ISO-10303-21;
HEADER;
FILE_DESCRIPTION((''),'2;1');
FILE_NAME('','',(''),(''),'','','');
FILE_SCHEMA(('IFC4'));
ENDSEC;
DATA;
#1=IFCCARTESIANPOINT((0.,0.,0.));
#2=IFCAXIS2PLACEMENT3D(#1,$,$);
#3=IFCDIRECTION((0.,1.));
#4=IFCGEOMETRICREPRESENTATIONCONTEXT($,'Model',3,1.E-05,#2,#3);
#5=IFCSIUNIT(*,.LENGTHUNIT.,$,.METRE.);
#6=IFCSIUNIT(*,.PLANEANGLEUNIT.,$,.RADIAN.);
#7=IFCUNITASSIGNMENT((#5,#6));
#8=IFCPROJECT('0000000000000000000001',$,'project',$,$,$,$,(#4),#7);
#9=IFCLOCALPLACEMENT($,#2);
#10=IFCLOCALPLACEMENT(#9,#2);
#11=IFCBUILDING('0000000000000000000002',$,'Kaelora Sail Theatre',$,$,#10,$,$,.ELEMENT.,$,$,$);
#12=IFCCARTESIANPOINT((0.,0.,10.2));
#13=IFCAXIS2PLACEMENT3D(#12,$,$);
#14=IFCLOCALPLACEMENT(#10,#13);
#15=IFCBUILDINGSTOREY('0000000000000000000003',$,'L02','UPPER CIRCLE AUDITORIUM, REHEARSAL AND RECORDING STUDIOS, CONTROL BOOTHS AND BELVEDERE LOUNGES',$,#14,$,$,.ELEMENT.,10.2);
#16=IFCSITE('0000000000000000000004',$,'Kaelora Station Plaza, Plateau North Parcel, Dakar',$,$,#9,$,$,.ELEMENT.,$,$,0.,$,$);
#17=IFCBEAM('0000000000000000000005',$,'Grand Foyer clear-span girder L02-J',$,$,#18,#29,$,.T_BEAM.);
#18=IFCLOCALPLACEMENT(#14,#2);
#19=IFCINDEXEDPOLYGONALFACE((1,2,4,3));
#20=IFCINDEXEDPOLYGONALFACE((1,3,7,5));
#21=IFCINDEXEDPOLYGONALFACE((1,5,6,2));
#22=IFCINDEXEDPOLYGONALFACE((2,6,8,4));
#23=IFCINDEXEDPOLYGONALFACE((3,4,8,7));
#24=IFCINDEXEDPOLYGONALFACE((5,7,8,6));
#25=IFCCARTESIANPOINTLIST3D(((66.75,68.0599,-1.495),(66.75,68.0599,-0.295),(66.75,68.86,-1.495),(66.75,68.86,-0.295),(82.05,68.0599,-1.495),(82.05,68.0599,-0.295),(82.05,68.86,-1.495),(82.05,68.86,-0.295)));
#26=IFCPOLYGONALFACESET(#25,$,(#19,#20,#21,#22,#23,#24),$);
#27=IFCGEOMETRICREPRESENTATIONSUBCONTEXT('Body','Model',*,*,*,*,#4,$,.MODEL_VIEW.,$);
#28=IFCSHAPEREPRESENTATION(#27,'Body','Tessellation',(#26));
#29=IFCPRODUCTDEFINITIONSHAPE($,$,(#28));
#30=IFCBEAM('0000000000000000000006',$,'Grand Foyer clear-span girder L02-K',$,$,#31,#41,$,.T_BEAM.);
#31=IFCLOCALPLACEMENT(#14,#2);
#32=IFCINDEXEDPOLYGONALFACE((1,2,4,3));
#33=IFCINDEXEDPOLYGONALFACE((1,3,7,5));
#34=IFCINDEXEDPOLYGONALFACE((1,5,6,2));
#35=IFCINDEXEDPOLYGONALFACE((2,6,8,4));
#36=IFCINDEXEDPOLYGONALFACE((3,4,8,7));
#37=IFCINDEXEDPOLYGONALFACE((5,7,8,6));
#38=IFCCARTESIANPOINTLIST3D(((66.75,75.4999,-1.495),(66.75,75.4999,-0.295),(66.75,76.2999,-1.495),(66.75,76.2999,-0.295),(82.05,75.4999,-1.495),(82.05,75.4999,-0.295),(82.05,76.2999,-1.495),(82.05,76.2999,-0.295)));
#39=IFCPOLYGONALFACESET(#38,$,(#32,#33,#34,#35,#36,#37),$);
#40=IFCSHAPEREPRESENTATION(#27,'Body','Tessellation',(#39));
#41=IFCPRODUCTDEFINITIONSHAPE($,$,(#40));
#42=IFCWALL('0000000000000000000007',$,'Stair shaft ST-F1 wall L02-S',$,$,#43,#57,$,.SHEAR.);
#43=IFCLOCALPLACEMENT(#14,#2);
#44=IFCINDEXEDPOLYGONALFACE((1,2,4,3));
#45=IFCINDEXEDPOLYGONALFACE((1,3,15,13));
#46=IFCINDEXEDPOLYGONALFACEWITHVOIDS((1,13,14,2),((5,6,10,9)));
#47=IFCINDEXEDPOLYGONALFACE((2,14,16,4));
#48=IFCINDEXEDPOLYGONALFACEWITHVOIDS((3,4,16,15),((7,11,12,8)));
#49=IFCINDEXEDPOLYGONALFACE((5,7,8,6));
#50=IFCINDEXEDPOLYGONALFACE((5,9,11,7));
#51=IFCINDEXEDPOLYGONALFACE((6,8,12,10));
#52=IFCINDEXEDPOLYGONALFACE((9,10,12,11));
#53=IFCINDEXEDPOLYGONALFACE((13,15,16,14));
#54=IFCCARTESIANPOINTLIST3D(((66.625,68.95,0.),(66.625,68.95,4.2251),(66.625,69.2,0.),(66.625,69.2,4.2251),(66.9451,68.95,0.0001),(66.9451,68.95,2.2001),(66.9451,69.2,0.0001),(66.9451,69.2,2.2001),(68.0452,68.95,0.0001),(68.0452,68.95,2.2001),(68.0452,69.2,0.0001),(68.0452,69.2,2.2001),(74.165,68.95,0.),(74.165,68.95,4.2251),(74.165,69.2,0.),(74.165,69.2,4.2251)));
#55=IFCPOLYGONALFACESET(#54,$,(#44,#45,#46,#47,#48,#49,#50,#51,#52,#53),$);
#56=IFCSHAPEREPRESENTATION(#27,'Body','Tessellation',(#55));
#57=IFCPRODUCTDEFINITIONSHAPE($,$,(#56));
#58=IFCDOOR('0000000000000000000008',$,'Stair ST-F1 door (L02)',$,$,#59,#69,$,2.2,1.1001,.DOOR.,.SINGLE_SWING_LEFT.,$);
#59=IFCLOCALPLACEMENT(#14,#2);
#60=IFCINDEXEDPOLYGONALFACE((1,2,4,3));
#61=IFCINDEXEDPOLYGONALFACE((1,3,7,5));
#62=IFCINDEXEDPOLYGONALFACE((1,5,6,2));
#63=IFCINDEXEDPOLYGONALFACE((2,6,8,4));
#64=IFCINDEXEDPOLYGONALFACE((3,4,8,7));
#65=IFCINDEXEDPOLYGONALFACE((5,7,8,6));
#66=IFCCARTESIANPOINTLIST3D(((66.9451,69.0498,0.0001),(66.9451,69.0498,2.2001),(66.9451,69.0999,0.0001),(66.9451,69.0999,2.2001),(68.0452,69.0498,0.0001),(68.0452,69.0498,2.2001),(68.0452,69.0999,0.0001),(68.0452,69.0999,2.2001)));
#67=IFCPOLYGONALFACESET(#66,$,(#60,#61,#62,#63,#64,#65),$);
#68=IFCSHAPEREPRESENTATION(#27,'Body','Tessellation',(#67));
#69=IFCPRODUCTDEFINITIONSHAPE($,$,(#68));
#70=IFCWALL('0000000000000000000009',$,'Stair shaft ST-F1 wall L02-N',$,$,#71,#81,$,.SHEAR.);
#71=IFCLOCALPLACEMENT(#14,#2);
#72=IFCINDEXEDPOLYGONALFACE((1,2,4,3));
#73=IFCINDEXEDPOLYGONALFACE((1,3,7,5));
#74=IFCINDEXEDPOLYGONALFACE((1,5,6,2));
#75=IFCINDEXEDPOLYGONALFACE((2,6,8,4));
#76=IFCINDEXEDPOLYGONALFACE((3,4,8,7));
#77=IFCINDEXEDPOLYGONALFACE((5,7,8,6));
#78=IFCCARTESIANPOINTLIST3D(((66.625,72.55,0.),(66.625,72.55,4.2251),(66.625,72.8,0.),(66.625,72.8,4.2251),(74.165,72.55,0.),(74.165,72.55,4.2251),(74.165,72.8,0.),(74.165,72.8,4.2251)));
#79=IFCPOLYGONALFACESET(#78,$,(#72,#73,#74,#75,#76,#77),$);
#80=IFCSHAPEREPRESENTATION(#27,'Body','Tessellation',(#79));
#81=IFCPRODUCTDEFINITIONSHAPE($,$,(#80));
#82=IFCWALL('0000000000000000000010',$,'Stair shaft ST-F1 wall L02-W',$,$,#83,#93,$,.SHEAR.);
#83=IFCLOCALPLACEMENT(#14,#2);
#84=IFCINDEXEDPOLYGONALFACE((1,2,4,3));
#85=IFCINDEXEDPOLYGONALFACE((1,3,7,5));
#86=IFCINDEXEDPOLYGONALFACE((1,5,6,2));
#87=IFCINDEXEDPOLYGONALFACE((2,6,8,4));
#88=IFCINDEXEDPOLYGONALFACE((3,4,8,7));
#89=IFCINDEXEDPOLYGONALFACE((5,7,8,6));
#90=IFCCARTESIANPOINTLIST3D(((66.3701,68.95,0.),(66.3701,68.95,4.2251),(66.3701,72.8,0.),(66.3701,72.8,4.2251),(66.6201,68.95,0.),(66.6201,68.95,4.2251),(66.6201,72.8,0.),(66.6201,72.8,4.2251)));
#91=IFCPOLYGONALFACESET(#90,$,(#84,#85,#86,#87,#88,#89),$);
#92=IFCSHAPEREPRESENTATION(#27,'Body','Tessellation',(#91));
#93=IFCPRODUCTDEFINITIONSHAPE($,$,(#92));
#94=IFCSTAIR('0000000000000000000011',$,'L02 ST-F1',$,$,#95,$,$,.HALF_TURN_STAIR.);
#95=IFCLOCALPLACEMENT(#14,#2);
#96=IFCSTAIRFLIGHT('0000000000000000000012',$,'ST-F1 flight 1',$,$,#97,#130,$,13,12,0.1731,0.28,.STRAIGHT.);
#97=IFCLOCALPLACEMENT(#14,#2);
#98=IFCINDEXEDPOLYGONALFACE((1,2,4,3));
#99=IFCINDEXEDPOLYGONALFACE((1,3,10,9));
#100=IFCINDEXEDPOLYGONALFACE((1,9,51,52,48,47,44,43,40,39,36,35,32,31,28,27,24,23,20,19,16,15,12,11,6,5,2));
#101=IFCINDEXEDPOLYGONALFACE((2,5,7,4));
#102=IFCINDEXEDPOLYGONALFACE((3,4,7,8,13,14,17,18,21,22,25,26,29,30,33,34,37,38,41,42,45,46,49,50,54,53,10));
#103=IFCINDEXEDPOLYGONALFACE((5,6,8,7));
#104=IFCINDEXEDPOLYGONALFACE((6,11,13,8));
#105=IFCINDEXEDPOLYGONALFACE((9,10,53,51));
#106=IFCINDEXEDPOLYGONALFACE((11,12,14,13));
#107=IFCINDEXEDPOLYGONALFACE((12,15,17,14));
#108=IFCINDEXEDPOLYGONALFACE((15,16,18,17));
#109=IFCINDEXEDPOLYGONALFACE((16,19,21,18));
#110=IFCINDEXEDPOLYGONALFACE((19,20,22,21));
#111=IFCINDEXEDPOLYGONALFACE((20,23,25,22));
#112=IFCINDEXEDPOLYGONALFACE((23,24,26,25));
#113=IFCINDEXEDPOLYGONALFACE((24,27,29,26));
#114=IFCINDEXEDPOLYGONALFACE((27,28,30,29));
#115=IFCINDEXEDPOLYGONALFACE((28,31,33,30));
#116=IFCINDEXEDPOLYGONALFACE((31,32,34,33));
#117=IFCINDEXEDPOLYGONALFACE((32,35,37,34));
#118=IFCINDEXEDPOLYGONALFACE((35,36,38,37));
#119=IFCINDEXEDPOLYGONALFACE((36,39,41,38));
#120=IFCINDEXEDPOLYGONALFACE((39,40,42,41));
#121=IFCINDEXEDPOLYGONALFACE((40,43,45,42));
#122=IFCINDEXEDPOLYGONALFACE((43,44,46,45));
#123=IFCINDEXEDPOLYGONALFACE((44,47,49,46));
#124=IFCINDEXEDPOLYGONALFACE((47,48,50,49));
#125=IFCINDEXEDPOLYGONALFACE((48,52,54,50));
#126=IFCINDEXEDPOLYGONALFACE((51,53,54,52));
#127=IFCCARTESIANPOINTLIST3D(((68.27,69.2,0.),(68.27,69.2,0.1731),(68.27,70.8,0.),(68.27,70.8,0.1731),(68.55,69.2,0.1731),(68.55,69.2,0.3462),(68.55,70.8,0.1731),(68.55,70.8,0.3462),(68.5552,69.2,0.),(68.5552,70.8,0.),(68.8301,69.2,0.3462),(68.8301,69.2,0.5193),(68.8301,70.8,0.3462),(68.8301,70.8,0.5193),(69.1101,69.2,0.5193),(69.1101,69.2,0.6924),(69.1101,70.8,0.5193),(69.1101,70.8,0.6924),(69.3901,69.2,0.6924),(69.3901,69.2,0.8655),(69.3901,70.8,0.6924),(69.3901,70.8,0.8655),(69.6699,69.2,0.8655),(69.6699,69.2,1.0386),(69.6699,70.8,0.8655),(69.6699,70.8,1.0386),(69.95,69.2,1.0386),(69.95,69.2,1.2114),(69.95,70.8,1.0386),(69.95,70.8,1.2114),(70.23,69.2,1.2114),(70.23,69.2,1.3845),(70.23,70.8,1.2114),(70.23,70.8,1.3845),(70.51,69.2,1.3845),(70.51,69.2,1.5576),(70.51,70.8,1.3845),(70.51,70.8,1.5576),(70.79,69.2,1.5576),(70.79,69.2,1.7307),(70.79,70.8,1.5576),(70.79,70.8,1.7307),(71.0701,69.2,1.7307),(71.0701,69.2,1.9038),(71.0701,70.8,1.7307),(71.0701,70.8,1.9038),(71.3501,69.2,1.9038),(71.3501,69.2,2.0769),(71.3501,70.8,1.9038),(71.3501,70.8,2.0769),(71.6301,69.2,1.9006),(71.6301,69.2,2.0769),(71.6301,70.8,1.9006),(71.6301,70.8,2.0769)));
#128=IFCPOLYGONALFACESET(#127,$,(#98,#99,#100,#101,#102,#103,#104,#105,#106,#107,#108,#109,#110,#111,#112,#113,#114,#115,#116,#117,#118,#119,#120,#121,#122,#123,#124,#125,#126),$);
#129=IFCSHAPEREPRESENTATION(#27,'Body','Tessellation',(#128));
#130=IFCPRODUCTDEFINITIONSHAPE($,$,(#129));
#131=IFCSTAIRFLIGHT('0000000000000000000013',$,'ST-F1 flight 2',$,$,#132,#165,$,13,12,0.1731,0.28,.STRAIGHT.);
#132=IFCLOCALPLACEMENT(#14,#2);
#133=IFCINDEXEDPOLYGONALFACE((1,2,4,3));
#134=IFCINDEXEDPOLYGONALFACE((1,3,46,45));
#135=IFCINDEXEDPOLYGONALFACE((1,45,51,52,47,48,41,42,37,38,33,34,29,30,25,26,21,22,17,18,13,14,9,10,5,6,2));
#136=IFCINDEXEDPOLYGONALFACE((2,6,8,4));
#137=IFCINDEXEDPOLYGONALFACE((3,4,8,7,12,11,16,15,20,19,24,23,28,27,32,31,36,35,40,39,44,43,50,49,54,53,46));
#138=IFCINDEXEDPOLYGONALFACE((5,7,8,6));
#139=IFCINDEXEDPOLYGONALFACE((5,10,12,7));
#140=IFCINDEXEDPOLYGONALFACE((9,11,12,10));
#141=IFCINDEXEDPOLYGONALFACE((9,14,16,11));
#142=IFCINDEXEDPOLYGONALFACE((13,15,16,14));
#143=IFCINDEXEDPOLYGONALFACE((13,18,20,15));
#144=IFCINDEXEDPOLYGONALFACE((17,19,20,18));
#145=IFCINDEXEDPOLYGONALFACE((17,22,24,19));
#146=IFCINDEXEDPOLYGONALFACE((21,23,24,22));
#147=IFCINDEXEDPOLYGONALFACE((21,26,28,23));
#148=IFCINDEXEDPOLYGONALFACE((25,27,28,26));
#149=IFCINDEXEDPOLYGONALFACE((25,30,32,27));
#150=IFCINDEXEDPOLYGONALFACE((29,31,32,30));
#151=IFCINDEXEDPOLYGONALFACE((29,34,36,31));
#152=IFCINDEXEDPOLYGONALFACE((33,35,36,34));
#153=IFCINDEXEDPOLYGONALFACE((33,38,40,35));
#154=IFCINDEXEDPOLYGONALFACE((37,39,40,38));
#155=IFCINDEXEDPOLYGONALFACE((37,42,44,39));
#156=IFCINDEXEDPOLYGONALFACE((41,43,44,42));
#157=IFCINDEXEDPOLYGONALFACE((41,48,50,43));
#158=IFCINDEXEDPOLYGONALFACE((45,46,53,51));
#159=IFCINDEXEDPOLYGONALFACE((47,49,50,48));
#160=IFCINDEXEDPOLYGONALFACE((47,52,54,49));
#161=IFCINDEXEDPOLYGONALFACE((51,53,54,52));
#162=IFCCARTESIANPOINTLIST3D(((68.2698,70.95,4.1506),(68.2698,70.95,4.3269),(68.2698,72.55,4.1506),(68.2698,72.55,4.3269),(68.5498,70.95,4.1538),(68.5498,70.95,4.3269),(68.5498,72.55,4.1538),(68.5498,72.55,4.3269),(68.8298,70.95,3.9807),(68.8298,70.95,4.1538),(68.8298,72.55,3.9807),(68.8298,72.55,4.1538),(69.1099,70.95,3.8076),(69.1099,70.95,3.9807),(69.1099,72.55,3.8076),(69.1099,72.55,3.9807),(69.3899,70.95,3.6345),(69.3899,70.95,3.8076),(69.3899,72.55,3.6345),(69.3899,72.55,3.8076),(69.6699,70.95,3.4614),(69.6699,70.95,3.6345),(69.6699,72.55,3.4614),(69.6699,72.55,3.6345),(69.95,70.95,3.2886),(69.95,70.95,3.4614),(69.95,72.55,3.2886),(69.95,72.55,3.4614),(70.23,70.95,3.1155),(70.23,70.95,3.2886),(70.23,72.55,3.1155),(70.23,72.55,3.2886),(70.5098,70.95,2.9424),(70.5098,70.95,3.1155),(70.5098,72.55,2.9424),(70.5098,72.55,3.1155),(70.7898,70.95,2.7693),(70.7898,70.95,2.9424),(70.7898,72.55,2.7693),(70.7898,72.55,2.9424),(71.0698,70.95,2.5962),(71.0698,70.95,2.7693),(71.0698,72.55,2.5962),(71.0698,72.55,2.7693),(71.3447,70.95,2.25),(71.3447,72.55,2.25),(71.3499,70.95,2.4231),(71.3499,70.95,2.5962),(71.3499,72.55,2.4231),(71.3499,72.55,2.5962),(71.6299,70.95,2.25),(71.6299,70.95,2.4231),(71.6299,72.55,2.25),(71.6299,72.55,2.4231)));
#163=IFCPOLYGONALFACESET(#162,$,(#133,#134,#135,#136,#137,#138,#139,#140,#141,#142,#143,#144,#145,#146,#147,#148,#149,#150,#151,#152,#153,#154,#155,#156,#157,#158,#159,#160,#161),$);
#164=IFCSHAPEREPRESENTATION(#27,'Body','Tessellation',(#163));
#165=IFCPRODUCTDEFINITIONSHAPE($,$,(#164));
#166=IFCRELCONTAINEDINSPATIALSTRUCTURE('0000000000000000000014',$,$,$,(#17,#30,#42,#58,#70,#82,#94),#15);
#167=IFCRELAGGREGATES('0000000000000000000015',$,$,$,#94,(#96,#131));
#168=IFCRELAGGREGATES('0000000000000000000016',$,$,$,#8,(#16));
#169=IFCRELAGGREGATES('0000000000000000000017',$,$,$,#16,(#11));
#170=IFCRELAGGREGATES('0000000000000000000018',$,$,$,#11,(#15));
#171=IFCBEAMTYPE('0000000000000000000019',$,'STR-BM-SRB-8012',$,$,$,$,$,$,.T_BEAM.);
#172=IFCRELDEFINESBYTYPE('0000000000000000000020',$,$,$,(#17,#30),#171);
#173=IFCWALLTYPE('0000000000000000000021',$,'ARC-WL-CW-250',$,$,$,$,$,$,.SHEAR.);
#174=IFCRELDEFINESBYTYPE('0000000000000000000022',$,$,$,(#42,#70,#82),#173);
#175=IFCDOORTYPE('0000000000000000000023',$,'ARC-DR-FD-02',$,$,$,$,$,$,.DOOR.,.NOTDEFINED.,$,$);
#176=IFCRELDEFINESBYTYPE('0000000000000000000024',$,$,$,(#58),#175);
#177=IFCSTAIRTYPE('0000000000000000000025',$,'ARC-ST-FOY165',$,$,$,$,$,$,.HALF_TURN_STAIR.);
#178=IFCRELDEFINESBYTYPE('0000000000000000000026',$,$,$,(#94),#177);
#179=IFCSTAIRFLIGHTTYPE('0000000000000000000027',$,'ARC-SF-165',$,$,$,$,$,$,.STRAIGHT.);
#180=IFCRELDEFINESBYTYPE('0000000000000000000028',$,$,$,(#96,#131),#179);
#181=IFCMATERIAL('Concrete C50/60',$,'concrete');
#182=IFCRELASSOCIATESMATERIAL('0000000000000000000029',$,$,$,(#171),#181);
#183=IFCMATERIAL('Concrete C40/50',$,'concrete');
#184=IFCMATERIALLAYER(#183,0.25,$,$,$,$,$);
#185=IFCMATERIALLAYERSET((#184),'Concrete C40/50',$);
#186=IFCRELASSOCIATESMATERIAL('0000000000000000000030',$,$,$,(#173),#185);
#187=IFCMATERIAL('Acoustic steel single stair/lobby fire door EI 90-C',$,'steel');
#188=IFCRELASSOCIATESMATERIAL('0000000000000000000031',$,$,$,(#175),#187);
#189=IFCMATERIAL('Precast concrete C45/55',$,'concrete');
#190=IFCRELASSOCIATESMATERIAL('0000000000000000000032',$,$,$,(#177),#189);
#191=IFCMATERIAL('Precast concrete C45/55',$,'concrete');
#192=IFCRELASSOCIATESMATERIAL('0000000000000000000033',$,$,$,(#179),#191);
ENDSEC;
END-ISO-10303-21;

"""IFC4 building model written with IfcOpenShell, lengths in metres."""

from ifc_helpers import new_model, si_unit, direction, frame, frame_2d, origin, origin_2d, place, context, subcontext, project, spatial, polyline, rectangle, outline, extrude, material, layer, layer_set, material_profile, profile_set, type_object, element, fill, aggregate, save


model = new_model("IFC4")

# Units and contexts
model_context = context("Model", 3, precision=1e-05, world=origin(), true_north=direction((0.0, 1.0)))
body_context = subcontext(model_context, "Body", "Model", "MODEL_VIEW")
ifc_project = project(units=[si_unit("LENGTHUNIT", "METRE"), si_unit("PLANEANGLEUNIT", "RADIAN")], contexts=[model_context])

# Site, building, storey
site_placement = place(None, origin())
site = spatial("IfcSite", under=ifc_project, at=site_placement, Name="Kaelora Station Plaza, Plateau North Parcel, Dakar", CompositionType="ELEMENT", RefElevation=0.0)
building_placement = place(site_placement, origin())
building = spatial("IfcBuilding", under=site, at=building_placement, Name="Kaelora Sail Theatre", CompositionType="ELEMENT")
storey_placement = place(building_placement, frame((0.0, 0.0, 10.2)))
storey = spatial("IfcBuildingStorey", under=building, at=storey_placement, Name="L02", Description="UPPER CIRCLE AUDITORIUM, REHEARSAL AND RECORDING STUDIOS, CONTROL BOOTHS AND BELVEDERE LOUNGES", CompositionType="ELEMENT", Elevation=10.2)

# Beams
ifc_material_1 = material(Name="Concrete C50/60", Category="concrete")
ifc_material_profile_1 = material_profile(ifc_material_1, rectangle(XDim=0.8, YDim=1.2, at=origin_2d()), Name="RC-SRB 800x1200")
ifc_profile_set_1 = profile_set([ifc_material_profile_1], Name="Concrete C50/60")
beam_type_1 = type_object("IfcBeamType", Name="STR-BM-SRB-8012", PredefinedType="T_BEAM", material=ifc_profile_set_1)
for number, where, z_axis, x_axis, name in (
    (1, (66.75, 68.46, -0.895), (1.0, 0.0, 0.0), (0.0, 1.0, 0.0), "Grand Foyer clear-span girder L02-J"),
    (2, (66.75, 75.8999, -0.895), (1.0, 0.0, 0.0), (0.0, 1.0, 0.0), "Grand Foyer clear-span girder L02-K"),
):
    element("IfcBeam", number, at=place(storey_placement, frame(where, z_axis=z_axis, x_axis=x_axis)), inside=storey, type_object=beam_type_1, Name=name, PredefinedType="T_BEAM", context=body_context, shape_type="SweptSolid", body=[
        extrude(rectangle(XDim=0.8, YDim=1.2, at=origin_2d()), origin(), (0.0, 0.0, 1.0), 15.3),
    ])

# Wall, opening, door
ifc_material_2 = material(Name="Concrete C40/50", Category="concrete")
ifc_layer = layer(ifc_material_2, 0.25)
ifc_layer_set = layer_set([ifc_layer], Name="Concrete C40/50")
wall_type = type_object("IfcWallType", Name="ARC-WL-CW-250", PredefinedType="SHEAR", material=ifc_layer_set)
wall_1_placement = place(storey_placement, frame((66.625, 69.075, 0.0), z_axis=(0.0, 0.0, 1.0), x_axis=(1.0, 0.0, 0.0)))
wall_1 = element("IfcWall", 3, at=wall_1_placement, inside=storey, type_object=wall_type, Name="Stair shaft ST-F1 wall L02-S", PredefinedType="SHEAR", context=body_context, shape_type="SweptSolid", body=[
    extrude(rectangle(XDim=7.54, YDim=0.25, at=frame_2d((3.77, 0.0))), origin(), (0.0, 0.0, 1.0), 4.2251),
])
opening_placement = place(wall_1_placement, frame((0.3201, 0.0, 0.0)))
opening = element("IfcOpeningElement", 4, at=opening_placement, cuts=wall_1, PredefinedType="OPENING", context=body_context, shape_type="SweptSolid", body=[
    extrude(rectangle(XDim=1.1001, YDim=2.2, at=frame_2d((0.55, 1.1001))), frame((0.0, 0.135, 0.0), z_axis=(0.0, -1.0, 0.0), x_axis=(1.0, 0.0, 0.0)), (0.0, 0.0, 1.0), 0.27),
])
ifc_material_3 = material(Name="Acoustic steel single stair/lobby fire door EI 90-C", Category="steel")
door_type = type_object("IfcDoorType", Name="ARC-DR-FD-02", OperationType="NOTDEFINED", PredefinedType="DOOR", material=ifc_material_3)
door_placement = place(opening_placement, origin())
door = element("IfcDoor", 5, at=door_placement, inside=storey, type_object=door_type, Name="Stair ST-F1 door (L02)", OperationType="SINGLE_SWING_LEFT", OverallHeight=2.2, OverallWidth=1.1001, PredefinedType="DOOR", context=body_context, shape_type="SweptSolid", body=[
    extrude(rectangle(XDim=1.1001, YDim=2.2, at=frame_2d((0.55, 1.1001))), frame((0.0, 0.0249, 0.0), z_axis=(0.0, -1.0, 0.0), x_axis=(1.0, 0.0, 0.0)), (0.0, 0.0, 1.0), 0.05),
])
fill(opening, door)

# Walls
wall_2_placement = place(storey_placement, frame((66.625, 72.675, 0.0), z_axis=(0.0, 0.0, 1.0), x_axis=(1.0, 0.0, 0.0)))
element("IfcWall", 6, at=wall_2_placement, inside=storey, type_object=wall_type, Name="Stair shaft ST-F1 wall L02-N", PredefinedType="SHEAR", context=body_context, shape_type="SweptSolid", body=[
    extrude(rectangle(XDim=7.54, YDim=0.25, at=frame_2d((3.77, 0.0))), origin(), (0.0, 0.0, 1.0), 4.2251),
])
wall_3_placement = place(storey_placement, frame((66.4951, 68.95, 0.0), z_axis=(0.0, 0.0, 1.0), x_axis=(0.0, 1.0, 0.0)))
element("IfcWall", 7, at=wall_3_placement, inside=storey, type_object=wall_type, Name="Stair shaft ST-F1 wall L02-W", PredefinedType="SHEAR", context=body_context, shape_type="SweptSolid", body=[
    extrude(rectangle(XDim=3.8501, YDim=0.25, at=frame_2d((1.925, 0.0))), origin(), (0.0, 0.0, 1.0), 4.2251),
])

# Stair, stair flights
ifc_material_4 = material(Name="Precast concrete C45/55", Category="concrete")
stair_type = type_object("IfcStairType", Name="ARC-ST-FOY165", PredefinedType="HALF_TURN_STAIR", material=ifc_material_4)
stair_placement = place(storey_placement, origin())
stair = element("IfcStair", 8, at=stair_placement, inside=storey, type_object=stair_type, Name="L02 ST-F1", PredefinedType="HALF_TURN_STAIR")
ifc_material_5 = material(Name="Precast concrete C45/55", Category="concrete")
stair_flight_type = type_object("IfcStairFlightType", Name="ARC-SF-165", PredefinedType="STRAIGHT", material=ifc_material_5)
stair_flight_1_placement = place(storey_placement, frame((68.27, 70.0, 0.0), z_axis=(0.0, 0.0, 1.0), x_axis=(1.0, 0.0, 0.0)))
stair_flight_1 = element("IfcStairFlight", 9, at=stair_flight_1_placement, type_object=stair_flight_type, Name="ST-F1 flight 1", NumberOfRisers=13, NumberOfTreads=12, PredefinedType="STRAIGHT", RiserHeight=0.1731, TreadLength=0.28, context=body_context, shape_type="SweptSolid", body=[
    extrude(outline(polyline([(0.0, 0.0), (0.0, 0.1731), (0.28, 0.1731), (0.28, 0.3462), (0.5601, 0.3462), (0.5601, 0.5193), (0.8401, 0.5193), (0.8401, 0.6924), (1.1201, 0.6924), (1.1201, 0.8655), (1.3999, 0.8655), (1.3999, 1.0386), (1.6799, 1.0386), (1.6799, 1.2114), (1.96, 1.2114), (1.96, 1.3845), (2.24, 1.3845), (2.24, 1.5576), (2.52, 1.5576), (2.52, 1.7307), (2.8, 1.7307), (2.8, 1.9038), (3.0801, 1.9038), (3.0801, 2.0769), (3.3601, 2.0769), (3.3601, 2.25), (3.3601, 1.9006), (0.2852, 0.0), (0.0, 0.0)])), frame((0.0, 0.8, 0.0), z_axis=(0.0, -1.0, 0.0), x_axis=(1.0, 0.0, 0.0)), (0.0, 0.0, 1.0), 1.6001),
])
stair_flight_2_placement = place(storey_placement, frame((71.6299, 71.75, 2.25), z_axis=(0.0, 0.0, 1.0), x_axis=(-1.0, 0.0, 0.0)))
stair_flight_2 = element("IfcStairFlight", 10, at=stair_flight_2_placement, type_object=stair_flight_type, Name="ST-F1 flight 2", NumberOfRisers=13, NumberOfTreads=12, PredefinedType="STRAIGHT", RiserHeight=0.1731, TreadLength=0.28, context=body_context, shape_type="SweptSolid", body=[
    extrude(outline(polyline([(0.0, 0.0), (0.0, 0.1731), (0.28, 0.1731), (0.28, 0.3462), (0.5601, 0.3462), (0.5601, 0.5193), (0.8401, 0.5193), (0.8401, 0.6924), (1.1201, 0.6924), (1.1201, 0.8655), (1.3999, 0.8655), (1.3999, 1.0386), (1.6799, 1.0386), (1.6799, 1.2114), (1.96, 1.2114), (1.96, 1.3845), (2.24, 1.3845), (2.24, 1.5576), (2.52, 1.5576), (2.52, 1.7307), (2.8, 1.7307), (2.8, 1.9038), (3.0801, 1.9038), (3.0801, 2.0769), (3.3601, 2.0769), (3.3601, 2.25), (3.3601, 1.9006), (0.2852, 0.0), (0.0, 0.0)])), frame((0.0, 0.8, 0.0), z_axis=(0.0, -1.0, 0.0), x_axis=(1.0, 0.0, 0.0)), (0.0, 0.0, 1.0), 1.6001),
])
aggregate(stair, [stair_flight_1, stair_flight_2])

save(model, "model.ifc")
